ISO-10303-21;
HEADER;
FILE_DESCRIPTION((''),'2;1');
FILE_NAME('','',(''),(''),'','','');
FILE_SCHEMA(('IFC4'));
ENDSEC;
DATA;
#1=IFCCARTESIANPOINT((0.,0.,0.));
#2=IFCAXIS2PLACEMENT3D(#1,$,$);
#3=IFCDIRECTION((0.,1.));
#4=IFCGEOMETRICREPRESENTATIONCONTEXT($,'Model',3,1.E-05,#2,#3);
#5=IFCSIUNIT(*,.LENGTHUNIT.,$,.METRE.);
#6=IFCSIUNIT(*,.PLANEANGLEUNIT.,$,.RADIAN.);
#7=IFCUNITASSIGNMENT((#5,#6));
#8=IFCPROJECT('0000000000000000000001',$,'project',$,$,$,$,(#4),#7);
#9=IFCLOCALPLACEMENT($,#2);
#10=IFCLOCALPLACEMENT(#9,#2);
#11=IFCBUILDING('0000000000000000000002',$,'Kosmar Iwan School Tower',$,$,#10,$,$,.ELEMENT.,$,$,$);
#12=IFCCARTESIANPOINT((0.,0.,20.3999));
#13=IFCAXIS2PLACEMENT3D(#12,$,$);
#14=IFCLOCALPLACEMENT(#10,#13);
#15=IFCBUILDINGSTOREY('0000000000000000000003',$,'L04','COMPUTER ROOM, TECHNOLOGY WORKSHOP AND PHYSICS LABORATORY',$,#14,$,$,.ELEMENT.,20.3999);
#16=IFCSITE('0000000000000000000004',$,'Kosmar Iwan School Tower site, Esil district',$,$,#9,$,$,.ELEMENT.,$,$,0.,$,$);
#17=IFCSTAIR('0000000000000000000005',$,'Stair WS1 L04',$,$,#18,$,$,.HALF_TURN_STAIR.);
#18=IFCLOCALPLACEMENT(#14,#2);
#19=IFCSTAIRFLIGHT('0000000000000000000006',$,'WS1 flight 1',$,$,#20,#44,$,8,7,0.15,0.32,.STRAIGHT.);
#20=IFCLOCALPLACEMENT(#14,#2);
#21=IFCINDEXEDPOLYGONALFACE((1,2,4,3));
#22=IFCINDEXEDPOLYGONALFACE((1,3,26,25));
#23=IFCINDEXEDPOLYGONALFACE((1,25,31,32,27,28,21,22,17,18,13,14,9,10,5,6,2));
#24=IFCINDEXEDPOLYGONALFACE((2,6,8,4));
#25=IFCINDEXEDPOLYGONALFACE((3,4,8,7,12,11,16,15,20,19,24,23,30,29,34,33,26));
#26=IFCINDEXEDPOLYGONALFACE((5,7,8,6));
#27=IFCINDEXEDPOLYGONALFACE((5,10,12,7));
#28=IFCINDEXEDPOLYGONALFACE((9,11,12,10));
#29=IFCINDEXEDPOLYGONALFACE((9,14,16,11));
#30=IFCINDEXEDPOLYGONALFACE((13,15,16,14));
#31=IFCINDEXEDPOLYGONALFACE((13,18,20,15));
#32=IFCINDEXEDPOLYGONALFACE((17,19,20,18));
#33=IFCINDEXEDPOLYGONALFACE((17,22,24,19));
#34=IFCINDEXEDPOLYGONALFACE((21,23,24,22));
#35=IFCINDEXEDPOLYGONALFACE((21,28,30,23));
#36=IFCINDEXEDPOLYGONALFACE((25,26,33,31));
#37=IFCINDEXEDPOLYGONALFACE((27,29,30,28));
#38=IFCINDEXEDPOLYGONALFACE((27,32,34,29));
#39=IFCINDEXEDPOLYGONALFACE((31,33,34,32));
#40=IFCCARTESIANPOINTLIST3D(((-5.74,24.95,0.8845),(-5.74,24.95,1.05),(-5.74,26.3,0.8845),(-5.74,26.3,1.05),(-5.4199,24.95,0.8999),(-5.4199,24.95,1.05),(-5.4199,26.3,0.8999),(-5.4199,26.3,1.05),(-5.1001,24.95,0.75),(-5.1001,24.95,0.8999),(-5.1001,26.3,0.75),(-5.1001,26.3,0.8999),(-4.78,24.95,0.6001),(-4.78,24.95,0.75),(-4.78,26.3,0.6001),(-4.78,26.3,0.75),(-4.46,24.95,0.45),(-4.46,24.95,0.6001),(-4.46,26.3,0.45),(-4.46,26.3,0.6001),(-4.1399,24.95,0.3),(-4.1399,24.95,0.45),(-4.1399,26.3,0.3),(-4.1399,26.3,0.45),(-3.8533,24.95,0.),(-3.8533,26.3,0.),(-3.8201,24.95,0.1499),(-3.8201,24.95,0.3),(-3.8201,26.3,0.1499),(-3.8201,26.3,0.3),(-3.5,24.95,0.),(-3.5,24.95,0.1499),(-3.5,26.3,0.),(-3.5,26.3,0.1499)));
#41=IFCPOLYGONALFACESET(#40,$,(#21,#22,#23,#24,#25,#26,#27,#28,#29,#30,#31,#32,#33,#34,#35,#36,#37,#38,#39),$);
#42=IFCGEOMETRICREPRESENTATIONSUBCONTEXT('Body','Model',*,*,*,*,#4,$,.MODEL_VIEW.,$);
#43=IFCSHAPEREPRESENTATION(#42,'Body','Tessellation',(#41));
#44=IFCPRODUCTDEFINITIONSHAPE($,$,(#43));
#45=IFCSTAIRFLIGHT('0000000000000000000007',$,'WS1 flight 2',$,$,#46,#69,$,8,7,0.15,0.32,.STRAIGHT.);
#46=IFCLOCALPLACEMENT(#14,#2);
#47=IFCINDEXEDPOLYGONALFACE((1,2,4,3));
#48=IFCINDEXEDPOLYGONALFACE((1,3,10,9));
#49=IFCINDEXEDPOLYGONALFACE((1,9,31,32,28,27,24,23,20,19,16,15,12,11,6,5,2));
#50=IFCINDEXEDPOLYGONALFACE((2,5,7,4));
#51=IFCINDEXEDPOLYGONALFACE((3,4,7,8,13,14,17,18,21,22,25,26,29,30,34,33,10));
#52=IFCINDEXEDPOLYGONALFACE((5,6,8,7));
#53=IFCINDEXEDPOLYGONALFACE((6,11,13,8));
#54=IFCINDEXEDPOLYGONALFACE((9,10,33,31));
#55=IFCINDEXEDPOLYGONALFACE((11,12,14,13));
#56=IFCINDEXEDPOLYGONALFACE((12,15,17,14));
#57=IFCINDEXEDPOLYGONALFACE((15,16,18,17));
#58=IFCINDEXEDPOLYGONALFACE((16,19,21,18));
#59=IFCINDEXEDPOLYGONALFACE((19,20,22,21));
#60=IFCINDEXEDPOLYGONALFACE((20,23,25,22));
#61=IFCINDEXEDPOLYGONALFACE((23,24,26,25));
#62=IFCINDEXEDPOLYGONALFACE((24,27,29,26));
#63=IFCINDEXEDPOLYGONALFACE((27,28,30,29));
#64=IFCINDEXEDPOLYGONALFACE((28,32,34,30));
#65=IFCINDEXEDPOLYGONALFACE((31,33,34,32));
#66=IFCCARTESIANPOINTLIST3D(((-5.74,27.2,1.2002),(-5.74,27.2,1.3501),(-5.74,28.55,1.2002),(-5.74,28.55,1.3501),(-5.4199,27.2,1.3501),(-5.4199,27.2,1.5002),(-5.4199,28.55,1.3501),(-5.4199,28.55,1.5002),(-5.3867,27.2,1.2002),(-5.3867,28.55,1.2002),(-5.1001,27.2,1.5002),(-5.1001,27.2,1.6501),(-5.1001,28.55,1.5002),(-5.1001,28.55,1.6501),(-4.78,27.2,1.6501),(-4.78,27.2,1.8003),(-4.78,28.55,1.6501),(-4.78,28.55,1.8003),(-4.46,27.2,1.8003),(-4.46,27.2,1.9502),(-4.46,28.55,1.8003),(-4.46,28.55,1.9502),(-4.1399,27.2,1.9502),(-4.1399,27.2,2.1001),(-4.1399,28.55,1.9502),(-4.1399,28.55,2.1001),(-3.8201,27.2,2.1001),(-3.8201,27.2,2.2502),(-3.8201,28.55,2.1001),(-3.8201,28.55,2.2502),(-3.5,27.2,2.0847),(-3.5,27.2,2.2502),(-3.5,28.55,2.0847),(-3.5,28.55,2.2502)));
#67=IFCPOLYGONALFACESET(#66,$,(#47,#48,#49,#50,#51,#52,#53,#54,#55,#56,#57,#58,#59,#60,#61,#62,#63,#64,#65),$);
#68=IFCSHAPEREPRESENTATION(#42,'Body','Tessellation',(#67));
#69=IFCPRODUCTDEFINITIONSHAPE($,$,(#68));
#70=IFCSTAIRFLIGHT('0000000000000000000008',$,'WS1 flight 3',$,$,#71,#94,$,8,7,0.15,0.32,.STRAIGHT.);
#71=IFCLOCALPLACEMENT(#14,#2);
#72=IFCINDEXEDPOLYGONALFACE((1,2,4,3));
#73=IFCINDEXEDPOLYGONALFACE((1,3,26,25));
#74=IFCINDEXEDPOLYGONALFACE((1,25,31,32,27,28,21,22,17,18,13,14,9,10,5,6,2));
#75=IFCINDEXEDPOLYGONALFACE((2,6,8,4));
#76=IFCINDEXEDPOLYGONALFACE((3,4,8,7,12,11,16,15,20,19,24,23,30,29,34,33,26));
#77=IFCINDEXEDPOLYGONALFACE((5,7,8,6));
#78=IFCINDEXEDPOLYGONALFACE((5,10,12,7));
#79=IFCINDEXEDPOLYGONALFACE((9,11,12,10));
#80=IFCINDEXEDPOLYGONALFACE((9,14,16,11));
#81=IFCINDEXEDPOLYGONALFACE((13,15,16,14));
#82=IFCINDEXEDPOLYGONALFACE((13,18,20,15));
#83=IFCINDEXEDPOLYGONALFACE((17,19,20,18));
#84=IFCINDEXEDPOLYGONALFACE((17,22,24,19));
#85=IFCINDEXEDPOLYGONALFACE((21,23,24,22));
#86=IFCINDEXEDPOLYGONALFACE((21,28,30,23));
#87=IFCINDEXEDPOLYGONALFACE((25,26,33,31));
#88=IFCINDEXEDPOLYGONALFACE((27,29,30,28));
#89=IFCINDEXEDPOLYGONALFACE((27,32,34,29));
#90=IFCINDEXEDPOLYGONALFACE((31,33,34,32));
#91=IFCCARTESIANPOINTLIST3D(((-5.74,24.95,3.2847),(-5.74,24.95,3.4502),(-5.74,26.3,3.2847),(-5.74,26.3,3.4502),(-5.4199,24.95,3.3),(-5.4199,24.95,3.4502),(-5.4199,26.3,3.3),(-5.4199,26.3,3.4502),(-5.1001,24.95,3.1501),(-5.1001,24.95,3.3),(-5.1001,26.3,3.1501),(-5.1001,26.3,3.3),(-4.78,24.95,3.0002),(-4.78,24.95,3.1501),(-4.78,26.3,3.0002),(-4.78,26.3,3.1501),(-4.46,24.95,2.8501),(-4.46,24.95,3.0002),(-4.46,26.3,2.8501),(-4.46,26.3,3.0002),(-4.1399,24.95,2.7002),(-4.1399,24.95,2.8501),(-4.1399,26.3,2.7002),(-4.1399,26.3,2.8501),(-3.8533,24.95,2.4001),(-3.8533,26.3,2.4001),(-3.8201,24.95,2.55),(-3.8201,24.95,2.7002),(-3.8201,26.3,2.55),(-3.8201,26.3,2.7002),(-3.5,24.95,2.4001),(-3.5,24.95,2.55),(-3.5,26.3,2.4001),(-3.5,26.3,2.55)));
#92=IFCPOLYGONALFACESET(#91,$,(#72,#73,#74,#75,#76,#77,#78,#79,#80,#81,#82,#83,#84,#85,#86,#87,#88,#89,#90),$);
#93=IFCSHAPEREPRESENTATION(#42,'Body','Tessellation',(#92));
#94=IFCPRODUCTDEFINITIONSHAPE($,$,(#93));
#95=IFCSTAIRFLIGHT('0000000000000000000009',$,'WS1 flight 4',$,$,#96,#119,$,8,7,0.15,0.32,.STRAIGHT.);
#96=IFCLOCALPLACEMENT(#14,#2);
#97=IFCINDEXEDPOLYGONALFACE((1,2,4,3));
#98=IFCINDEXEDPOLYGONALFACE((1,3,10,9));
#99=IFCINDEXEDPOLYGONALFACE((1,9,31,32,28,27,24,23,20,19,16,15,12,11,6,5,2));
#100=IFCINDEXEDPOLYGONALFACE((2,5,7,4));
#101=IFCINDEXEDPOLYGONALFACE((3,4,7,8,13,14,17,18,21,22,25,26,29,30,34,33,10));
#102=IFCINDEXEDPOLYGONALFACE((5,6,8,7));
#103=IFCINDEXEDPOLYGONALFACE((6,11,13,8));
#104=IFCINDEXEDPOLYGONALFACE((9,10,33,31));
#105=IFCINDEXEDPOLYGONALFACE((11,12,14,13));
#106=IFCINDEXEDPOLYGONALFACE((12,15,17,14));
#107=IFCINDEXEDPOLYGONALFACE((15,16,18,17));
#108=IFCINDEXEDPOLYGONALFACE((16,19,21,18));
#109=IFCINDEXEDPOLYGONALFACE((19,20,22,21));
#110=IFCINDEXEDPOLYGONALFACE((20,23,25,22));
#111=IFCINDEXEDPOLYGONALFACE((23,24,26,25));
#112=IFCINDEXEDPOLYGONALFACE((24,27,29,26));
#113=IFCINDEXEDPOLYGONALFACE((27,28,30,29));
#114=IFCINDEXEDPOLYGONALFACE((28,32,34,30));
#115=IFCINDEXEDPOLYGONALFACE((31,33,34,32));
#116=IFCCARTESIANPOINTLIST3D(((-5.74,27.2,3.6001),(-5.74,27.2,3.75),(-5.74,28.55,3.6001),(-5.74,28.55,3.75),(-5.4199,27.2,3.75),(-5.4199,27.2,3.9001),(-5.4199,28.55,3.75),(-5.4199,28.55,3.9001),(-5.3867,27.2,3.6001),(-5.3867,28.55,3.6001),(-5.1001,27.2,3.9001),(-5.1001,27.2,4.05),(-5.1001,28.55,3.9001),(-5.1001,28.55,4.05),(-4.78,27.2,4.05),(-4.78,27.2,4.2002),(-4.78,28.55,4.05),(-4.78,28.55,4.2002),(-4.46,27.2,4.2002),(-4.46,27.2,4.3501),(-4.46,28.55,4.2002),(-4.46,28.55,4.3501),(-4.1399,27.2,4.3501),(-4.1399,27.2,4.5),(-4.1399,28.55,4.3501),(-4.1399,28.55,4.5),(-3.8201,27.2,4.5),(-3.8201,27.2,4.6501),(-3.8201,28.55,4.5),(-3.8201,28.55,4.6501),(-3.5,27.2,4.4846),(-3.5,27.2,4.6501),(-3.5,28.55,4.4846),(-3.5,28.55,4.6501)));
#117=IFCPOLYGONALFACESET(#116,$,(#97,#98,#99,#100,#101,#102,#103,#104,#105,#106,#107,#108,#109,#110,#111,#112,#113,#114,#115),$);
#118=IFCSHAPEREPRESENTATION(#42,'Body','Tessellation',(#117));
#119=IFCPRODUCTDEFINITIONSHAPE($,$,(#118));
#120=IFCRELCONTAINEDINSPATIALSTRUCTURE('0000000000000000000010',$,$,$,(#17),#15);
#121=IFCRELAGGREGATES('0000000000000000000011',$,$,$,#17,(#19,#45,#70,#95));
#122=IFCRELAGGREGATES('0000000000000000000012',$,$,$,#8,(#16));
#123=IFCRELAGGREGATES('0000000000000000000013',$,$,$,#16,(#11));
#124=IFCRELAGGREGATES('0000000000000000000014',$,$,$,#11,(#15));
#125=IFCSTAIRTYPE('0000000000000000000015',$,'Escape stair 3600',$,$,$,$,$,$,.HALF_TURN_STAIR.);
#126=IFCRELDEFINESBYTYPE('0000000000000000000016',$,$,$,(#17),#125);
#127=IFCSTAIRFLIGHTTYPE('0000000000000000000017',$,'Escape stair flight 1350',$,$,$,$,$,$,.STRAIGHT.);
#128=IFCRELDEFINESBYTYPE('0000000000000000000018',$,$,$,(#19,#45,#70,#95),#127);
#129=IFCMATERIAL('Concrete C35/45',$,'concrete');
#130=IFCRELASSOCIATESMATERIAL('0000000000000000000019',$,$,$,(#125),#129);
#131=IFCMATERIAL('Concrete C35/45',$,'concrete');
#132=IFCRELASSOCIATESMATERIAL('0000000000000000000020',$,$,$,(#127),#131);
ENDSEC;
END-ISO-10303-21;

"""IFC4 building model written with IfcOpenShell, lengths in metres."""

from ifc_helpers import new_model, si_unit, direction, frame, origin, place, context, subcontext, project, spatial, polyline, outline, extrude, material, type_object, element, aggregate, save


model = new_model("IFC4")

# Units and contexts
model_context = context("Model", 3, precision=1e-05, world=origin(), true_north=direction((0.0, 1.0)))
body_context = subcontext(model_context, "Body", "Model", "MODEL_VIEW")
ifc_project = project(units=[si_unit("LENGTHUNIT", "METRE"), si_unit("PLANEANGLEUNIT", "RADIAN")], contexts=[model_context])

# Site, building, storey
site_placement = place(None, origin())
site = spatial("IfcSite", under=ifc_project, at=site_placement, Name="Kosmar Iwan School Tower site, Esil district", CompositionType="ELEMENT", RefElevation=0.0)
building_placement = place(site_placement, origin())
building = spatial("IfcBuilding", under=site, at=building_placement, Name="Kosmar Iwan School Tower", CompositionType="ELEMENT")
storey_placement = place(building_placement, frame((0.0, 0.0, 20.3999)))
storey = spatial("IfcBuildingStorey", under=building, at=storey_placement, Name="L04", Description="COMPUTER ROOM, TECHNOLOGY WORKSHOP AND PHYSICS LABORATORY", CompositionType="ELEMENT", Elevation=20.3999)

# Stair, stair flights
ifc_material_1 = material(Name="Concrete C35/45", Category="concrete")
stair_type = type_object("IfcStairType", Name="Escape stair 3600", PredefinedType="HALF_TURN_STAIR", material=ifc_material_1)
stair_placement = place(storey_placement, origin())
stair = element("IfcStair", 1, at=stair_placement, inside=storey, type_object=stair_type, Name="Stair WS1 L04", PredefinedType="HALF_TURN_STAIR")
ifc_material_2 = material(Name="Concrete C35/45", Category="concrete")
stair_flight_type = type_object("IfcStairFlightType", Name="Escape stair flight 1350", PredefinedType="STRAIGHT", material=ifc_material_2)
stair_flight_1_placement = place(storey_placement, frame((-3.5, 25.625, 0.0), z_axis=(0.0, 0.0, 1.0), x_axis=(-1.0, 0.0, 0.0)))
stair_flight_1 = element("IfcStairFlight", 2, at=stair_flight_1_placement, type_object=stair_flight_type, Name="WS1 flight 1", NumberOfRisers=8, NumberOfTreads=7, PredefinedType="STRAIGHT", RiserHeight=0.15, TreadLength=0.32, context=body_context, shape_type="SweptSolid", body=[
    extrude(outline(polyline([(0.0, 0.0), (0.0, 0.1499), (0.3201, 0.1499), (0.3201, 0.3), (0.6399, 0.3), (0.6399, 0.45), (0.96, 0.45), (0.96, 0.6001), (1.28, 0.6001), (1.28, 0.75), (1.6001, 0.75), (1.6001, 0.8999), (1.9199, 0.8999), (1.9199, 1.05), (2.24, 1.05), (2.24, 1.2), (2.24, 0.8845), (0.3533, 0.0), (0.0, 0.0)])), frame((0.0, 0.675, 0.0), z_axis=(0.0, -1.0, 0.0), x_axis=(1.0, 0.0, 0.0)), (0.0, 0.0, 1.0), 1.3501),
])
stair_flight_2_placement = place(storey_placement, frame((-5.74, 27.875, 1.2002), z_axis=(0.0, 0.0, 1.0), x_axis=(1.0, 0.0, 0.0)))
stair_flight_2 = element("IfcStairFlight", 3, at=stair_flight_2_placement, type_object=stair_flight_type, Name="WS1 flight 2", NumberOfRisers=8, NumberOfTreads=7, PredefinedType="STRAIGHT", RiserHeight=0.15, TreadLength=0.32, context=body_context, shape_type="SweptSolid", body=[
    extrude(outline(polyline([(0.0, 0.0), (0.0, 0.1499), (0.3201, 0.1499), (0.3201, 0.3), (0.6399, 0.3), (0.6399, 0.45), (0.96, 0.45), (0.96, 0.6001), (1.28, 0.6001), (1.28, 0.75), (1.6001, 0.75), (1.6001, 0.8999), (1.9199, 0.8999), (1.9199, 1.05), (2.24, 1.05), (2.24, 1.2), (2.24, 0.8845), (0.3533, 0.0), (0.0, 0.0)])), frame((0.0, 0.675, 0.0), z_axis=(0.0, -1.0, 0.0), x_axis=(1.0, 0.0, 0.0)), (0.0, 0.0, 1.0), 1.3501),
])
stair_flight_3_placement = place(storey_placement, frame((-3.5, 25.625, 2.4001), z_axis=(0.0, 0.0, 1.0), x_axis=(-1.0, 0.0, 0.0)))
stair_flight_3 = element("IfcStairFlight", 4, at=stair_flight_3_placement, type_object=stair_flight_type, Name="WS1 flight 3", NumberOfRisers=8, NumberOfTreads=7, PredefinedType="STRAIGHT", RiserHeight=0.15, TreadLength=0.32, context=body_context, shape_type="SweptSolid", body=[
    extrude(outline(polyline([(0.0, 0.0), (0.0, 0.1499), (0.3201, 0.1499), (0.3201, 0.3), (0.6399, 0.3), (0.6399, 0.45), (0.96, 0.45), (0.96, 0.6001), (1.28, 0.6001), (1.28, 0.75), (1.6001, 0.75), (1.6001, 0.8999), (1.9199, 0.8999), (1.9199, 1.05), (2.24, 1.05), (2.24, 1.2), (2.24, 0.8845), (0.3533, 0.0), (0.0, 0.0)])), frame((0.0, 0.675, 0.0), z_axis=(0.0, -1.0, 0.0), x_axis=(1.0, 0.0, 0.0)), (0.0, 0.0, 1.0), 1.3501),
])
stair_flight_4_placement = place(storey_placement, frame((-5.74, 27.875, 3.6001), z_axis=(0.0, 0.0, 1.0), x_axis=(1.0, 0.0, 0.0)))
stair_flight_4 = element("IfcStairFlight", 5, at=stair_flight_4_placement, type_object=stair_flight_type, Name="WS1 flight 4", NumberOfRisers=8, NumberOfTreads=7, PredefinedType="STRAIGHT", RiserHeight=0.15, TreadLength=0.32, context=body_context, shape_type="SweptSolid", body=[
    extrude(outline(polyline([(0.0, 0.0), (0.0, 0.1499), (0.3201, 0.1499), (0.3201, 0.3), (0.6399, 0.3), (0.6399, 0.45), (0.96, 0.45), (0.96, 0.6001), (1.28, 0.6001), (1.28, 0.75), (1.6001, 0.75), (1.6001, 0.8999), (1.9199, 0.8999), (1.9199, 1.05), (2.24, 1.05), (2.24, 1.2), (2.24, 0.8845), (0.3533, 0.0), (0.0, 0.0)])), frame((0.0, 0.675, 0.0), z_axis=(0.0, -1.0, 0.0), x_axis=(1.0, 0.0, 0.0)), (0.0, 0.0, 1.0), 1.3501),
])
aggregate(stair, [stair_flight_1, stair_flight_2, stair_flight_3, stair_flight_4])

save(model, "model.ifc")
